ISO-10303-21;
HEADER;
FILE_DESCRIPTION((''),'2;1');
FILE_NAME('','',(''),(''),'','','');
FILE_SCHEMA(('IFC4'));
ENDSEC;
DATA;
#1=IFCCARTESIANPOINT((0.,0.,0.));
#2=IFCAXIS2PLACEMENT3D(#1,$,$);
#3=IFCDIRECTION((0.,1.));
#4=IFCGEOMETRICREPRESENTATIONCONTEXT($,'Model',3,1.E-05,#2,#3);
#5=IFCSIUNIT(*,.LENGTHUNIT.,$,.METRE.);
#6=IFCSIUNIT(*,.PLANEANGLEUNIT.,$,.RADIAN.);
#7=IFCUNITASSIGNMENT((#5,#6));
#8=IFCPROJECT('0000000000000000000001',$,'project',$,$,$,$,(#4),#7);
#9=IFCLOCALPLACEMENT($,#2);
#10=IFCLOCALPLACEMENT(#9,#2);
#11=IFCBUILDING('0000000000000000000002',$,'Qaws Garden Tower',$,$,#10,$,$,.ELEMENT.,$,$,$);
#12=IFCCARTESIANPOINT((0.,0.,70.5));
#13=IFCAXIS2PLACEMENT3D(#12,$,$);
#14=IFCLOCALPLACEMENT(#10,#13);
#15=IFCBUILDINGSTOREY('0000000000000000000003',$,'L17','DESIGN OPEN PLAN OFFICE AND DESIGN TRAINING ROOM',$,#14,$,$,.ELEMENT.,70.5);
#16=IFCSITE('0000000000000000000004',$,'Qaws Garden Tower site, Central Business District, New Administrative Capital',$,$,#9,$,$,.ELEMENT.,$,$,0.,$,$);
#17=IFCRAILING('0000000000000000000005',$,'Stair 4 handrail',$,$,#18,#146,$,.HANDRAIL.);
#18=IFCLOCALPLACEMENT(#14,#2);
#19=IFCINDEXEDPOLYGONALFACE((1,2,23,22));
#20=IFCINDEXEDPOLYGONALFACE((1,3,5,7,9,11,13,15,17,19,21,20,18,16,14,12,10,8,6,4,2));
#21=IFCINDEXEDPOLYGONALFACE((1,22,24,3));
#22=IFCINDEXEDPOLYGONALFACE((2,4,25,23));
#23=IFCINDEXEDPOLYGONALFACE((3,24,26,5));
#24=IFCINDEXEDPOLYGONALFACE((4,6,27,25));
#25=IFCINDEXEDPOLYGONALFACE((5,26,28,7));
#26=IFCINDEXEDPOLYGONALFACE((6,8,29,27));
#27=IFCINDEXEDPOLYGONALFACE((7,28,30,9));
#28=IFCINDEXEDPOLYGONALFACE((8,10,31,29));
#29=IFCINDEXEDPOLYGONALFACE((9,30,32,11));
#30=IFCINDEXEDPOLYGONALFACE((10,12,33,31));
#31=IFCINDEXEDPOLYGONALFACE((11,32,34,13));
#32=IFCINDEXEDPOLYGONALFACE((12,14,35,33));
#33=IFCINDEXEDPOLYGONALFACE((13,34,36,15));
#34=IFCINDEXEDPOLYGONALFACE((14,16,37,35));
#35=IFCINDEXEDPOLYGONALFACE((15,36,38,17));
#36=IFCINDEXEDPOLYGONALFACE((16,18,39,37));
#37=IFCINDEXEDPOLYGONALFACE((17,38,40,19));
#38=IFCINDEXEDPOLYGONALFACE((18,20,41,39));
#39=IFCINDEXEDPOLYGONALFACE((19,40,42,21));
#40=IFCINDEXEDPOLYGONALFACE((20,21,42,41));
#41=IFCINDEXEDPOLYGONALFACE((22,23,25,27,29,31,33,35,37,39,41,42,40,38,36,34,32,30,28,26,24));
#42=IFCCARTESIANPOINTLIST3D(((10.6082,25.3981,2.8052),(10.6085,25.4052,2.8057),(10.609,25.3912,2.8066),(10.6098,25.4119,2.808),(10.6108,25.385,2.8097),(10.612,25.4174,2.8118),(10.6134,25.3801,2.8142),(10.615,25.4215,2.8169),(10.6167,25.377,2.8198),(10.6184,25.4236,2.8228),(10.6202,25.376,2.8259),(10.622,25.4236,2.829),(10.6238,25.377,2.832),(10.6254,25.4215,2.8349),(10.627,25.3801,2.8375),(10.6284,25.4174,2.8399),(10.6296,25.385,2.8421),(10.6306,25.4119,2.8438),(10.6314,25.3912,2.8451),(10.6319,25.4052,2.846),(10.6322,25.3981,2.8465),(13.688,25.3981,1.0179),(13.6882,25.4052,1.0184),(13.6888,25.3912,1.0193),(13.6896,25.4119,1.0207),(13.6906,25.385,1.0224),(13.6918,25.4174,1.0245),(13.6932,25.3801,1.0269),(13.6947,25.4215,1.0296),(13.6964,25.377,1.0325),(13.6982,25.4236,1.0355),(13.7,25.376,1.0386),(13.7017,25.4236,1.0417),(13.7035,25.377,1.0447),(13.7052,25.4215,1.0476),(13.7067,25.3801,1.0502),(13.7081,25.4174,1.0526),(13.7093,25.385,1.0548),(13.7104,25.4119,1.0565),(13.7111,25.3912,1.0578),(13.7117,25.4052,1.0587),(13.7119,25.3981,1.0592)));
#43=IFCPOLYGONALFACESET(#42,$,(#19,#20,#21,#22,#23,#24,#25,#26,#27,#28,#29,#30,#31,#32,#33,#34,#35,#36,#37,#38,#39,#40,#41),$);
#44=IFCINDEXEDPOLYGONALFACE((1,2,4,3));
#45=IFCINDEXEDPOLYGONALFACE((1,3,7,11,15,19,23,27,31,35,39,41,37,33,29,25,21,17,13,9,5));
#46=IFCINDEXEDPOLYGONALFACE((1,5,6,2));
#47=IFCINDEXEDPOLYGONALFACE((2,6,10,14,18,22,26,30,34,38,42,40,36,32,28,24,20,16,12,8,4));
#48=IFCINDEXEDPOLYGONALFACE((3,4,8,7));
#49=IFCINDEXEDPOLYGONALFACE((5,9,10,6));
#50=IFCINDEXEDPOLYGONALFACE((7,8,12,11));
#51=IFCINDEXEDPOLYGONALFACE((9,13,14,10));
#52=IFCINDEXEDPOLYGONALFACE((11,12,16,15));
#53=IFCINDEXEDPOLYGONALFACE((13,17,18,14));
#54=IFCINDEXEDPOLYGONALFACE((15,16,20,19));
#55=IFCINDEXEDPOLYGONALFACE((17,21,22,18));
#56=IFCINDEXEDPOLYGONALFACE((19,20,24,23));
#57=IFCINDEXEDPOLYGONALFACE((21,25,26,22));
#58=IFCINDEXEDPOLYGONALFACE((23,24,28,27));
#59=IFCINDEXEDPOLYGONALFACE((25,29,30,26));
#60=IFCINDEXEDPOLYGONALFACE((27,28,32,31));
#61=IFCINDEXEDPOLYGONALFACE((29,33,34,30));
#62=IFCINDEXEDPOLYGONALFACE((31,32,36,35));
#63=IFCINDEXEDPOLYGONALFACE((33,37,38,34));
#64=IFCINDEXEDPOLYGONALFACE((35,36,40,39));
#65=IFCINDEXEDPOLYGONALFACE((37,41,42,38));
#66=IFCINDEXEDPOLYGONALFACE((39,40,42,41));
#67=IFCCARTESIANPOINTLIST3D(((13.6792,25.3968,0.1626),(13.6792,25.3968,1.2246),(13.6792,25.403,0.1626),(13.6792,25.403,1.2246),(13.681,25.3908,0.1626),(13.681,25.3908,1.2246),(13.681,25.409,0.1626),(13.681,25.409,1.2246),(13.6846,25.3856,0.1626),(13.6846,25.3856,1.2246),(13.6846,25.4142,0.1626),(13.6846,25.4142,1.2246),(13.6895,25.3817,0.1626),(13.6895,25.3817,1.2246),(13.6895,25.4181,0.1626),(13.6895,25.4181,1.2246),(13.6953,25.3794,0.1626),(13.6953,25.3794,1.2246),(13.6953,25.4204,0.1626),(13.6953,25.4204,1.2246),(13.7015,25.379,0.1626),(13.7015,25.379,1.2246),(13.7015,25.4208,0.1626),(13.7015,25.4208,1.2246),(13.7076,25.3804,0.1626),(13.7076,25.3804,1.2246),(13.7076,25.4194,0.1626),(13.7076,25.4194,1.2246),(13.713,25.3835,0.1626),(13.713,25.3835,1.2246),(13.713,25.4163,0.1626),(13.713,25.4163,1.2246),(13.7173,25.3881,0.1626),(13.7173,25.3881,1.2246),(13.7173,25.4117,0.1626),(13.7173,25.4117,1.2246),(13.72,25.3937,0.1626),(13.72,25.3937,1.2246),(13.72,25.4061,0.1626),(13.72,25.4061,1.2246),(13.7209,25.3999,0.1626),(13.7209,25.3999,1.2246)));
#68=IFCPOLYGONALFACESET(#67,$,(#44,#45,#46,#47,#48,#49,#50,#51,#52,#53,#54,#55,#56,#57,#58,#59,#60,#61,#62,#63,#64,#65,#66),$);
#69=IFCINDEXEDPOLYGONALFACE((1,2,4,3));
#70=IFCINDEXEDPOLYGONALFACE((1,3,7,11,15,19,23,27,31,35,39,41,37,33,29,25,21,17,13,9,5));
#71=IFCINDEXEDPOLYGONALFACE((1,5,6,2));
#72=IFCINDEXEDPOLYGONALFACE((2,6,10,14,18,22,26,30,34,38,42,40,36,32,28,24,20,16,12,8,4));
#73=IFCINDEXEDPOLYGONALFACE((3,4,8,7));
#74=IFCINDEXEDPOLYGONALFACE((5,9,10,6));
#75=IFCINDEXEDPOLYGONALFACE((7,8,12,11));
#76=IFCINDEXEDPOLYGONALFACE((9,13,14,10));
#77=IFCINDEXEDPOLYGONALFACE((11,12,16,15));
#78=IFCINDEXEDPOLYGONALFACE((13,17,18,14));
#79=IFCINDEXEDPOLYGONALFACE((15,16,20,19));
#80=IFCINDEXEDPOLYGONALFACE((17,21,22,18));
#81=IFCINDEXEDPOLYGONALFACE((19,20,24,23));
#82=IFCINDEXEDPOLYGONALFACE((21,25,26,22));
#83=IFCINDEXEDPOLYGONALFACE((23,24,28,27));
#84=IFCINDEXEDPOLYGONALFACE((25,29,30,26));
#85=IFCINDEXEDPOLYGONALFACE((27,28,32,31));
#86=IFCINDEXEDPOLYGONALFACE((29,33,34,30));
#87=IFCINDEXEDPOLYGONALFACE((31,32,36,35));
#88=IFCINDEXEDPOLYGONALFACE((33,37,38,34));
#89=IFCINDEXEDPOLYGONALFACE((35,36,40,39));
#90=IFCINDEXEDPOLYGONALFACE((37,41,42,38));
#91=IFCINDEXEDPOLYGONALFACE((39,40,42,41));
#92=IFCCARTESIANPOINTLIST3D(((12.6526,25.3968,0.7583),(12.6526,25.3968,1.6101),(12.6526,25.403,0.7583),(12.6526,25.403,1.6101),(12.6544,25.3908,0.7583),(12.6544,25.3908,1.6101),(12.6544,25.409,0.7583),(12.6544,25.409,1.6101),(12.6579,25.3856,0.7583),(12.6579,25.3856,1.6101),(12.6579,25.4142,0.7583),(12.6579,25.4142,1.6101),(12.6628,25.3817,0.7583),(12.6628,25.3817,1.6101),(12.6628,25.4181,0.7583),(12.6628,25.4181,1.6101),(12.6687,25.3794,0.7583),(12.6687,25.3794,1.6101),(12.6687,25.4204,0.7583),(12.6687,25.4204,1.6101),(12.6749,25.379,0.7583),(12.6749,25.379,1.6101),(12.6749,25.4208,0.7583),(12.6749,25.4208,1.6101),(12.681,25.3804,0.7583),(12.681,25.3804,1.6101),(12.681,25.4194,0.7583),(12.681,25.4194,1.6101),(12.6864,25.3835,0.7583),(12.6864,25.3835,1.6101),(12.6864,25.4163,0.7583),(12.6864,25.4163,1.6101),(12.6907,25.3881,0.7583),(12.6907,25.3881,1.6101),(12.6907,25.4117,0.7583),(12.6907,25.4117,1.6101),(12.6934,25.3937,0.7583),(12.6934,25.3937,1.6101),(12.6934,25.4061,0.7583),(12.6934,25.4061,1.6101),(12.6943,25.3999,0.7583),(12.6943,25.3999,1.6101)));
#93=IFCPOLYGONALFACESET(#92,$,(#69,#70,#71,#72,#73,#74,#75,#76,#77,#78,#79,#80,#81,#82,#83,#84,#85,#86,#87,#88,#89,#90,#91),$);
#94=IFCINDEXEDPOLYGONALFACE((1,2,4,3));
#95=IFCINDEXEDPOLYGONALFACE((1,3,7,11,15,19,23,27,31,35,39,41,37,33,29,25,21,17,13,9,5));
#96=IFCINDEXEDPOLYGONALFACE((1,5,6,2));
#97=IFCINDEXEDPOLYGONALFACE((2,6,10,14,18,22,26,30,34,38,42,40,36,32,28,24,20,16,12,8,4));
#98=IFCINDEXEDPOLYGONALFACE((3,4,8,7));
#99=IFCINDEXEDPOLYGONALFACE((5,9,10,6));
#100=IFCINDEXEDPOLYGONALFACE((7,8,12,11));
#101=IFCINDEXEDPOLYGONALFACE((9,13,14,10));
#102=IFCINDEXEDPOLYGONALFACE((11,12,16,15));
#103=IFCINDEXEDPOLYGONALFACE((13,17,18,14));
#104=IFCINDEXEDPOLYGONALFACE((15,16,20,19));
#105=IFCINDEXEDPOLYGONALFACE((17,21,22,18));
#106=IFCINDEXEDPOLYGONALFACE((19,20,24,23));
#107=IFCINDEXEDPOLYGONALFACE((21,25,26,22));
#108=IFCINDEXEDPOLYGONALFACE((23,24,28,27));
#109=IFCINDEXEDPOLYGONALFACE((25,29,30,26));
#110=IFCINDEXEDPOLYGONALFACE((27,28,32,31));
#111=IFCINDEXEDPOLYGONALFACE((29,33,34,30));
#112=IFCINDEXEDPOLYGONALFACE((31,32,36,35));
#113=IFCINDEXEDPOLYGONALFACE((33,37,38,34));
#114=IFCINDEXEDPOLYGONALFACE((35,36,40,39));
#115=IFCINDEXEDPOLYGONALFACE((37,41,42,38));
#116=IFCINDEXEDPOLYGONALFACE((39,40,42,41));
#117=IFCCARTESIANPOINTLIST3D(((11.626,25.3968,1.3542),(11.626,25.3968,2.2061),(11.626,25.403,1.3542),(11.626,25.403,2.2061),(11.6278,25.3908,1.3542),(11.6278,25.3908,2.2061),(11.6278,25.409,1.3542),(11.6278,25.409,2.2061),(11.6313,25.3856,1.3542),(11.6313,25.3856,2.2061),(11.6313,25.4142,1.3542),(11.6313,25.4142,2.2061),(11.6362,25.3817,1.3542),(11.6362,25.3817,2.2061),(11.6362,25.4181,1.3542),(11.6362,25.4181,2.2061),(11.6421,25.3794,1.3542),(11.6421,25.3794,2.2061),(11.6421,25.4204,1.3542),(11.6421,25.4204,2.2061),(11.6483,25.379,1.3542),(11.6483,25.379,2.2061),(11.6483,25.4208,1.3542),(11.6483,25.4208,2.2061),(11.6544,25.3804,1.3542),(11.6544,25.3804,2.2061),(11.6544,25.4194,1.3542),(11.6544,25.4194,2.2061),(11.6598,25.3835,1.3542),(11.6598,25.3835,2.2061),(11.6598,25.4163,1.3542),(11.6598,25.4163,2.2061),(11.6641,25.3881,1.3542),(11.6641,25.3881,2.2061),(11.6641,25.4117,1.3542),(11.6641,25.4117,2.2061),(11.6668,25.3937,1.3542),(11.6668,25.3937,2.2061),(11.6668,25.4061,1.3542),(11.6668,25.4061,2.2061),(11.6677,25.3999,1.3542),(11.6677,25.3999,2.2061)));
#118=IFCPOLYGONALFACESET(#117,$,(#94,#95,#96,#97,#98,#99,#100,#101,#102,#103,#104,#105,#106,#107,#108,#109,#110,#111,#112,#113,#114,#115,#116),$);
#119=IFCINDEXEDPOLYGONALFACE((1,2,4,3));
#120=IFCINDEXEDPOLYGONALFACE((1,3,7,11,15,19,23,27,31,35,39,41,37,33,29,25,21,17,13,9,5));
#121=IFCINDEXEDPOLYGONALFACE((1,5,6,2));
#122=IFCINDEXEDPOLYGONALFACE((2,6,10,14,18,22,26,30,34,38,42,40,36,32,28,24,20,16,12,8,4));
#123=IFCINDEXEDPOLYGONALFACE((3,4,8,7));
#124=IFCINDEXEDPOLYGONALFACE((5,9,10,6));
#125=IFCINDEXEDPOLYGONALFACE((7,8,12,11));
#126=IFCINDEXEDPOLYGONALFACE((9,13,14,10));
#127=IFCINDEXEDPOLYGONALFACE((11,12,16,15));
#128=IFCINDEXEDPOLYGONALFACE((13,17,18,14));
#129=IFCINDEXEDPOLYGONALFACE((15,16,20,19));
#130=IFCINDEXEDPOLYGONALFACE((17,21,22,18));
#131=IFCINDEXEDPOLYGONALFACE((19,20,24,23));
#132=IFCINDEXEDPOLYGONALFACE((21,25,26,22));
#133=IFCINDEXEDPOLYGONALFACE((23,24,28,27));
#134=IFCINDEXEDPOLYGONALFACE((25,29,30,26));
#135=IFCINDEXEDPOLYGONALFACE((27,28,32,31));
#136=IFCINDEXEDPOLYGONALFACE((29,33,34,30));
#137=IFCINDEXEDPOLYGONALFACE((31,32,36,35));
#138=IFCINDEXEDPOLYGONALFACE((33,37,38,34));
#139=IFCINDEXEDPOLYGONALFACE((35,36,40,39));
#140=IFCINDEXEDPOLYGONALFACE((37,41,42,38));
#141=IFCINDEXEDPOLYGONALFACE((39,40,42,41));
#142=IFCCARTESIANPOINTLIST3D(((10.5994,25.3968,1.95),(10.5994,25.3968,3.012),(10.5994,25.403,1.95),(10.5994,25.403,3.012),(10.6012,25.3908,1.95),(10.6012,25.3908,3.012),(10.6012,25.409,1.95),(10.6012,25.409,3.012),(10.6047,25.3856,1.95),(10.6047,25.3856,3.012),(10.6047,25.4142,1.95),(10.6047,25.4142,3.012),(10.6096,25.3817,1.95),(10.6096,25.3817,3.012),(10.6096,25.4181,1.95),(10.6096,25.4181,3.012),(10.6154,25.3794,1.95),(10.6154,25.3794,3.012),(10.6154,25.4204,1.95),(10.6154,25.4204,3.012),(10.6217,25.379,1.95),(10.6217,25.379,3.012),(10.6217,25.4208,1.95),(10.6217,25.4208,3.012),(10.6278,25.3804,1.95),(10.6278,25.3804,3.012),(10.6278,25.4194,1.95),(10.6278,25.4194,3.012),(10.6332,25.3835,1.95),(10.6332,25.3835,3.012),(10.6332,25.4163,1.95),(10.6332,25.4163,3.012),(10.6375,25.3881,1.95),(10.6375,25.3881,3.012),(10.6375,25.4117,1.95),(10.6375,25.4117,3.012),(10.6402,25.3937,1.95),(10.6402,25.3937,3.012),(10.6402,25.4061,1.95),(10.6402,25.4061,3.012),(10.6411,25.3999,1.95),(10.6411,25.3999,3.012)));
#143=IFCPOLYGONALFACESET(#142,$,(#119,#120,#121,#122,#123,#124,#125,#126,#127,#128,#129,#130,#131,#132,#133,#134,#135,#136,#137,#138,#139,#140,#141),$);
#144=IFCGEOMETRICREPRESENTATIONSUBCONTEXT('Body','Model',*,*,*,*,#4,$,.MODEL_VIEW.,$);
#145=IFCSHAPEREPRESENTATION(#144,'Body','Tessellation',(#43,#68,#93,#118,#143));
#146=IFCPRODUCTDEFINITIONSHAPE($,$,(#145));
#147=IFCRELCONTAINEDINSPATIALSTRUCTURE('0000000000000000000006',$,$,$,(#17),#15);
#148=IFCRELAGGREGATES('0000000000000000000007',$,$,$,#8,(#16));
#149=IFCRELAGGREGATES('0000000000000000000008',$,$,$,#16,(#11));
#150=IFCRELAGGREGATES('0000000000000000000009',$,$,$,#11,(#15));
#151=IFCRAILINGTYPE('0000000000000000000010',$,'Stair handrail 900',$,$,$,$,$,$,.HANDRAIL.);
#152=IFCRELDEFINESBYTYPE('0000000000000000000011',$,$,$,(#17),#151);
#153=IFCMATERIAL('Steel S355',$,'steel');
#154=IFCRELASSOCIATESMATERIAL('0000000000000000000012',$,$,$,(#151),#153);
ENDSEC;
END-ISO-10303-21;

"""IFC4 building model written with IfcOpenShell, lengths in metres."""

from ifc_helpers import new_model, si_unit, direction, frame, origin, origin_2d, place, context, subcontext, project, spatial, circle, extrude, material, type_object, element, save


model = new_model("IFC4")

# Units and contexts
model_context = context("Model", 3, precision=1e-05, world=origin(), true_north=direction((0.0, 1.0)))
body_context = subcontext(model_context, "Body", "Model", "MODEL_VIEW")
ifc_project = project(units=[si_unit("LENGTHUNIT", "METRE"), si_unit("PLANEANGLEUNIT", "RADIAN")], contexts=[model_context])

# Site, building, storey
site_placement = place(None, origin())
site = spatial("IfcSite", under=ifc_project, at=site_placement, Name="Qaws Garden Tower site, Central Business District, New Administrative Capital", CompositionType="ELEMENT", RefElevation=0.0)
building_placement = place(site_placement, origin())
building = spatial("IfcBuilding", under=site, at=building_placement, Name="Qaws Garden Tower", CompositionType="ELEMENT")
storey_placement = place(building_placement, frame((0.0, 0.0, 70.5)))
storey = spatial("IfcBuildingStorey", under=building, at=storey_placement, Name="L17", Description="DESIGN OPEN PLAN OFFICE AND DESIGN TRAINING ROOM", CompositionType="ELEMENT", Elevation=70.5)

# Railing
ifc_material_1 = material(Name="Steel S355", Category="steel")
railing_type = type_object("IfcRailingType", Name="Stair handrail 900", PredefinedType="HANDRAIL", material=ifc_material_1)
railing_1_placement = place(storey_placement, frame((13.7, 25.3999, 0.1626)))
element("IfcRailing", 1, at=railing_1_placement, inside=storey, type_object=railing_type, Name="Stair 4 handrail", PredefinedType="HANDRAIL", context=body_context, shape_type="SweptSolid", body=[
    extrude(circle(Radius=0.0239, at=origin_2d()), frame((0.0, 0.0, 0.876), z_axis=(-0.864903, 0.0, 0.501939), x_axis=(0.0, -1.0, 0.0)), (0.0, 0.0, 1.0), 3.5608),
    extrude(circle(Radius=0.021, at=origin_2d()), origin(), (0.0, 0.0, 1.0), 1.062),
    extrude(circle(Radius=0.021, at=origin_2d()), frame((-1.0266, 0.0, 0.5957)), (0.0, 0.0, 1.0), 0.8518),
    extrude(circle(Radius=0.021, at=origin_2d()), frame((-2.0532, 0.0, 1.1917)), (0.0, 0.0, 1.0), 0.8518),
    extrude(circle(Radius=0.021, at=origin_2d()), frame((-3.0798, 0.0, 1.7874)), (0.0, 0.0, 1.0), 1.062),
])

save(model, "model.ifc")
